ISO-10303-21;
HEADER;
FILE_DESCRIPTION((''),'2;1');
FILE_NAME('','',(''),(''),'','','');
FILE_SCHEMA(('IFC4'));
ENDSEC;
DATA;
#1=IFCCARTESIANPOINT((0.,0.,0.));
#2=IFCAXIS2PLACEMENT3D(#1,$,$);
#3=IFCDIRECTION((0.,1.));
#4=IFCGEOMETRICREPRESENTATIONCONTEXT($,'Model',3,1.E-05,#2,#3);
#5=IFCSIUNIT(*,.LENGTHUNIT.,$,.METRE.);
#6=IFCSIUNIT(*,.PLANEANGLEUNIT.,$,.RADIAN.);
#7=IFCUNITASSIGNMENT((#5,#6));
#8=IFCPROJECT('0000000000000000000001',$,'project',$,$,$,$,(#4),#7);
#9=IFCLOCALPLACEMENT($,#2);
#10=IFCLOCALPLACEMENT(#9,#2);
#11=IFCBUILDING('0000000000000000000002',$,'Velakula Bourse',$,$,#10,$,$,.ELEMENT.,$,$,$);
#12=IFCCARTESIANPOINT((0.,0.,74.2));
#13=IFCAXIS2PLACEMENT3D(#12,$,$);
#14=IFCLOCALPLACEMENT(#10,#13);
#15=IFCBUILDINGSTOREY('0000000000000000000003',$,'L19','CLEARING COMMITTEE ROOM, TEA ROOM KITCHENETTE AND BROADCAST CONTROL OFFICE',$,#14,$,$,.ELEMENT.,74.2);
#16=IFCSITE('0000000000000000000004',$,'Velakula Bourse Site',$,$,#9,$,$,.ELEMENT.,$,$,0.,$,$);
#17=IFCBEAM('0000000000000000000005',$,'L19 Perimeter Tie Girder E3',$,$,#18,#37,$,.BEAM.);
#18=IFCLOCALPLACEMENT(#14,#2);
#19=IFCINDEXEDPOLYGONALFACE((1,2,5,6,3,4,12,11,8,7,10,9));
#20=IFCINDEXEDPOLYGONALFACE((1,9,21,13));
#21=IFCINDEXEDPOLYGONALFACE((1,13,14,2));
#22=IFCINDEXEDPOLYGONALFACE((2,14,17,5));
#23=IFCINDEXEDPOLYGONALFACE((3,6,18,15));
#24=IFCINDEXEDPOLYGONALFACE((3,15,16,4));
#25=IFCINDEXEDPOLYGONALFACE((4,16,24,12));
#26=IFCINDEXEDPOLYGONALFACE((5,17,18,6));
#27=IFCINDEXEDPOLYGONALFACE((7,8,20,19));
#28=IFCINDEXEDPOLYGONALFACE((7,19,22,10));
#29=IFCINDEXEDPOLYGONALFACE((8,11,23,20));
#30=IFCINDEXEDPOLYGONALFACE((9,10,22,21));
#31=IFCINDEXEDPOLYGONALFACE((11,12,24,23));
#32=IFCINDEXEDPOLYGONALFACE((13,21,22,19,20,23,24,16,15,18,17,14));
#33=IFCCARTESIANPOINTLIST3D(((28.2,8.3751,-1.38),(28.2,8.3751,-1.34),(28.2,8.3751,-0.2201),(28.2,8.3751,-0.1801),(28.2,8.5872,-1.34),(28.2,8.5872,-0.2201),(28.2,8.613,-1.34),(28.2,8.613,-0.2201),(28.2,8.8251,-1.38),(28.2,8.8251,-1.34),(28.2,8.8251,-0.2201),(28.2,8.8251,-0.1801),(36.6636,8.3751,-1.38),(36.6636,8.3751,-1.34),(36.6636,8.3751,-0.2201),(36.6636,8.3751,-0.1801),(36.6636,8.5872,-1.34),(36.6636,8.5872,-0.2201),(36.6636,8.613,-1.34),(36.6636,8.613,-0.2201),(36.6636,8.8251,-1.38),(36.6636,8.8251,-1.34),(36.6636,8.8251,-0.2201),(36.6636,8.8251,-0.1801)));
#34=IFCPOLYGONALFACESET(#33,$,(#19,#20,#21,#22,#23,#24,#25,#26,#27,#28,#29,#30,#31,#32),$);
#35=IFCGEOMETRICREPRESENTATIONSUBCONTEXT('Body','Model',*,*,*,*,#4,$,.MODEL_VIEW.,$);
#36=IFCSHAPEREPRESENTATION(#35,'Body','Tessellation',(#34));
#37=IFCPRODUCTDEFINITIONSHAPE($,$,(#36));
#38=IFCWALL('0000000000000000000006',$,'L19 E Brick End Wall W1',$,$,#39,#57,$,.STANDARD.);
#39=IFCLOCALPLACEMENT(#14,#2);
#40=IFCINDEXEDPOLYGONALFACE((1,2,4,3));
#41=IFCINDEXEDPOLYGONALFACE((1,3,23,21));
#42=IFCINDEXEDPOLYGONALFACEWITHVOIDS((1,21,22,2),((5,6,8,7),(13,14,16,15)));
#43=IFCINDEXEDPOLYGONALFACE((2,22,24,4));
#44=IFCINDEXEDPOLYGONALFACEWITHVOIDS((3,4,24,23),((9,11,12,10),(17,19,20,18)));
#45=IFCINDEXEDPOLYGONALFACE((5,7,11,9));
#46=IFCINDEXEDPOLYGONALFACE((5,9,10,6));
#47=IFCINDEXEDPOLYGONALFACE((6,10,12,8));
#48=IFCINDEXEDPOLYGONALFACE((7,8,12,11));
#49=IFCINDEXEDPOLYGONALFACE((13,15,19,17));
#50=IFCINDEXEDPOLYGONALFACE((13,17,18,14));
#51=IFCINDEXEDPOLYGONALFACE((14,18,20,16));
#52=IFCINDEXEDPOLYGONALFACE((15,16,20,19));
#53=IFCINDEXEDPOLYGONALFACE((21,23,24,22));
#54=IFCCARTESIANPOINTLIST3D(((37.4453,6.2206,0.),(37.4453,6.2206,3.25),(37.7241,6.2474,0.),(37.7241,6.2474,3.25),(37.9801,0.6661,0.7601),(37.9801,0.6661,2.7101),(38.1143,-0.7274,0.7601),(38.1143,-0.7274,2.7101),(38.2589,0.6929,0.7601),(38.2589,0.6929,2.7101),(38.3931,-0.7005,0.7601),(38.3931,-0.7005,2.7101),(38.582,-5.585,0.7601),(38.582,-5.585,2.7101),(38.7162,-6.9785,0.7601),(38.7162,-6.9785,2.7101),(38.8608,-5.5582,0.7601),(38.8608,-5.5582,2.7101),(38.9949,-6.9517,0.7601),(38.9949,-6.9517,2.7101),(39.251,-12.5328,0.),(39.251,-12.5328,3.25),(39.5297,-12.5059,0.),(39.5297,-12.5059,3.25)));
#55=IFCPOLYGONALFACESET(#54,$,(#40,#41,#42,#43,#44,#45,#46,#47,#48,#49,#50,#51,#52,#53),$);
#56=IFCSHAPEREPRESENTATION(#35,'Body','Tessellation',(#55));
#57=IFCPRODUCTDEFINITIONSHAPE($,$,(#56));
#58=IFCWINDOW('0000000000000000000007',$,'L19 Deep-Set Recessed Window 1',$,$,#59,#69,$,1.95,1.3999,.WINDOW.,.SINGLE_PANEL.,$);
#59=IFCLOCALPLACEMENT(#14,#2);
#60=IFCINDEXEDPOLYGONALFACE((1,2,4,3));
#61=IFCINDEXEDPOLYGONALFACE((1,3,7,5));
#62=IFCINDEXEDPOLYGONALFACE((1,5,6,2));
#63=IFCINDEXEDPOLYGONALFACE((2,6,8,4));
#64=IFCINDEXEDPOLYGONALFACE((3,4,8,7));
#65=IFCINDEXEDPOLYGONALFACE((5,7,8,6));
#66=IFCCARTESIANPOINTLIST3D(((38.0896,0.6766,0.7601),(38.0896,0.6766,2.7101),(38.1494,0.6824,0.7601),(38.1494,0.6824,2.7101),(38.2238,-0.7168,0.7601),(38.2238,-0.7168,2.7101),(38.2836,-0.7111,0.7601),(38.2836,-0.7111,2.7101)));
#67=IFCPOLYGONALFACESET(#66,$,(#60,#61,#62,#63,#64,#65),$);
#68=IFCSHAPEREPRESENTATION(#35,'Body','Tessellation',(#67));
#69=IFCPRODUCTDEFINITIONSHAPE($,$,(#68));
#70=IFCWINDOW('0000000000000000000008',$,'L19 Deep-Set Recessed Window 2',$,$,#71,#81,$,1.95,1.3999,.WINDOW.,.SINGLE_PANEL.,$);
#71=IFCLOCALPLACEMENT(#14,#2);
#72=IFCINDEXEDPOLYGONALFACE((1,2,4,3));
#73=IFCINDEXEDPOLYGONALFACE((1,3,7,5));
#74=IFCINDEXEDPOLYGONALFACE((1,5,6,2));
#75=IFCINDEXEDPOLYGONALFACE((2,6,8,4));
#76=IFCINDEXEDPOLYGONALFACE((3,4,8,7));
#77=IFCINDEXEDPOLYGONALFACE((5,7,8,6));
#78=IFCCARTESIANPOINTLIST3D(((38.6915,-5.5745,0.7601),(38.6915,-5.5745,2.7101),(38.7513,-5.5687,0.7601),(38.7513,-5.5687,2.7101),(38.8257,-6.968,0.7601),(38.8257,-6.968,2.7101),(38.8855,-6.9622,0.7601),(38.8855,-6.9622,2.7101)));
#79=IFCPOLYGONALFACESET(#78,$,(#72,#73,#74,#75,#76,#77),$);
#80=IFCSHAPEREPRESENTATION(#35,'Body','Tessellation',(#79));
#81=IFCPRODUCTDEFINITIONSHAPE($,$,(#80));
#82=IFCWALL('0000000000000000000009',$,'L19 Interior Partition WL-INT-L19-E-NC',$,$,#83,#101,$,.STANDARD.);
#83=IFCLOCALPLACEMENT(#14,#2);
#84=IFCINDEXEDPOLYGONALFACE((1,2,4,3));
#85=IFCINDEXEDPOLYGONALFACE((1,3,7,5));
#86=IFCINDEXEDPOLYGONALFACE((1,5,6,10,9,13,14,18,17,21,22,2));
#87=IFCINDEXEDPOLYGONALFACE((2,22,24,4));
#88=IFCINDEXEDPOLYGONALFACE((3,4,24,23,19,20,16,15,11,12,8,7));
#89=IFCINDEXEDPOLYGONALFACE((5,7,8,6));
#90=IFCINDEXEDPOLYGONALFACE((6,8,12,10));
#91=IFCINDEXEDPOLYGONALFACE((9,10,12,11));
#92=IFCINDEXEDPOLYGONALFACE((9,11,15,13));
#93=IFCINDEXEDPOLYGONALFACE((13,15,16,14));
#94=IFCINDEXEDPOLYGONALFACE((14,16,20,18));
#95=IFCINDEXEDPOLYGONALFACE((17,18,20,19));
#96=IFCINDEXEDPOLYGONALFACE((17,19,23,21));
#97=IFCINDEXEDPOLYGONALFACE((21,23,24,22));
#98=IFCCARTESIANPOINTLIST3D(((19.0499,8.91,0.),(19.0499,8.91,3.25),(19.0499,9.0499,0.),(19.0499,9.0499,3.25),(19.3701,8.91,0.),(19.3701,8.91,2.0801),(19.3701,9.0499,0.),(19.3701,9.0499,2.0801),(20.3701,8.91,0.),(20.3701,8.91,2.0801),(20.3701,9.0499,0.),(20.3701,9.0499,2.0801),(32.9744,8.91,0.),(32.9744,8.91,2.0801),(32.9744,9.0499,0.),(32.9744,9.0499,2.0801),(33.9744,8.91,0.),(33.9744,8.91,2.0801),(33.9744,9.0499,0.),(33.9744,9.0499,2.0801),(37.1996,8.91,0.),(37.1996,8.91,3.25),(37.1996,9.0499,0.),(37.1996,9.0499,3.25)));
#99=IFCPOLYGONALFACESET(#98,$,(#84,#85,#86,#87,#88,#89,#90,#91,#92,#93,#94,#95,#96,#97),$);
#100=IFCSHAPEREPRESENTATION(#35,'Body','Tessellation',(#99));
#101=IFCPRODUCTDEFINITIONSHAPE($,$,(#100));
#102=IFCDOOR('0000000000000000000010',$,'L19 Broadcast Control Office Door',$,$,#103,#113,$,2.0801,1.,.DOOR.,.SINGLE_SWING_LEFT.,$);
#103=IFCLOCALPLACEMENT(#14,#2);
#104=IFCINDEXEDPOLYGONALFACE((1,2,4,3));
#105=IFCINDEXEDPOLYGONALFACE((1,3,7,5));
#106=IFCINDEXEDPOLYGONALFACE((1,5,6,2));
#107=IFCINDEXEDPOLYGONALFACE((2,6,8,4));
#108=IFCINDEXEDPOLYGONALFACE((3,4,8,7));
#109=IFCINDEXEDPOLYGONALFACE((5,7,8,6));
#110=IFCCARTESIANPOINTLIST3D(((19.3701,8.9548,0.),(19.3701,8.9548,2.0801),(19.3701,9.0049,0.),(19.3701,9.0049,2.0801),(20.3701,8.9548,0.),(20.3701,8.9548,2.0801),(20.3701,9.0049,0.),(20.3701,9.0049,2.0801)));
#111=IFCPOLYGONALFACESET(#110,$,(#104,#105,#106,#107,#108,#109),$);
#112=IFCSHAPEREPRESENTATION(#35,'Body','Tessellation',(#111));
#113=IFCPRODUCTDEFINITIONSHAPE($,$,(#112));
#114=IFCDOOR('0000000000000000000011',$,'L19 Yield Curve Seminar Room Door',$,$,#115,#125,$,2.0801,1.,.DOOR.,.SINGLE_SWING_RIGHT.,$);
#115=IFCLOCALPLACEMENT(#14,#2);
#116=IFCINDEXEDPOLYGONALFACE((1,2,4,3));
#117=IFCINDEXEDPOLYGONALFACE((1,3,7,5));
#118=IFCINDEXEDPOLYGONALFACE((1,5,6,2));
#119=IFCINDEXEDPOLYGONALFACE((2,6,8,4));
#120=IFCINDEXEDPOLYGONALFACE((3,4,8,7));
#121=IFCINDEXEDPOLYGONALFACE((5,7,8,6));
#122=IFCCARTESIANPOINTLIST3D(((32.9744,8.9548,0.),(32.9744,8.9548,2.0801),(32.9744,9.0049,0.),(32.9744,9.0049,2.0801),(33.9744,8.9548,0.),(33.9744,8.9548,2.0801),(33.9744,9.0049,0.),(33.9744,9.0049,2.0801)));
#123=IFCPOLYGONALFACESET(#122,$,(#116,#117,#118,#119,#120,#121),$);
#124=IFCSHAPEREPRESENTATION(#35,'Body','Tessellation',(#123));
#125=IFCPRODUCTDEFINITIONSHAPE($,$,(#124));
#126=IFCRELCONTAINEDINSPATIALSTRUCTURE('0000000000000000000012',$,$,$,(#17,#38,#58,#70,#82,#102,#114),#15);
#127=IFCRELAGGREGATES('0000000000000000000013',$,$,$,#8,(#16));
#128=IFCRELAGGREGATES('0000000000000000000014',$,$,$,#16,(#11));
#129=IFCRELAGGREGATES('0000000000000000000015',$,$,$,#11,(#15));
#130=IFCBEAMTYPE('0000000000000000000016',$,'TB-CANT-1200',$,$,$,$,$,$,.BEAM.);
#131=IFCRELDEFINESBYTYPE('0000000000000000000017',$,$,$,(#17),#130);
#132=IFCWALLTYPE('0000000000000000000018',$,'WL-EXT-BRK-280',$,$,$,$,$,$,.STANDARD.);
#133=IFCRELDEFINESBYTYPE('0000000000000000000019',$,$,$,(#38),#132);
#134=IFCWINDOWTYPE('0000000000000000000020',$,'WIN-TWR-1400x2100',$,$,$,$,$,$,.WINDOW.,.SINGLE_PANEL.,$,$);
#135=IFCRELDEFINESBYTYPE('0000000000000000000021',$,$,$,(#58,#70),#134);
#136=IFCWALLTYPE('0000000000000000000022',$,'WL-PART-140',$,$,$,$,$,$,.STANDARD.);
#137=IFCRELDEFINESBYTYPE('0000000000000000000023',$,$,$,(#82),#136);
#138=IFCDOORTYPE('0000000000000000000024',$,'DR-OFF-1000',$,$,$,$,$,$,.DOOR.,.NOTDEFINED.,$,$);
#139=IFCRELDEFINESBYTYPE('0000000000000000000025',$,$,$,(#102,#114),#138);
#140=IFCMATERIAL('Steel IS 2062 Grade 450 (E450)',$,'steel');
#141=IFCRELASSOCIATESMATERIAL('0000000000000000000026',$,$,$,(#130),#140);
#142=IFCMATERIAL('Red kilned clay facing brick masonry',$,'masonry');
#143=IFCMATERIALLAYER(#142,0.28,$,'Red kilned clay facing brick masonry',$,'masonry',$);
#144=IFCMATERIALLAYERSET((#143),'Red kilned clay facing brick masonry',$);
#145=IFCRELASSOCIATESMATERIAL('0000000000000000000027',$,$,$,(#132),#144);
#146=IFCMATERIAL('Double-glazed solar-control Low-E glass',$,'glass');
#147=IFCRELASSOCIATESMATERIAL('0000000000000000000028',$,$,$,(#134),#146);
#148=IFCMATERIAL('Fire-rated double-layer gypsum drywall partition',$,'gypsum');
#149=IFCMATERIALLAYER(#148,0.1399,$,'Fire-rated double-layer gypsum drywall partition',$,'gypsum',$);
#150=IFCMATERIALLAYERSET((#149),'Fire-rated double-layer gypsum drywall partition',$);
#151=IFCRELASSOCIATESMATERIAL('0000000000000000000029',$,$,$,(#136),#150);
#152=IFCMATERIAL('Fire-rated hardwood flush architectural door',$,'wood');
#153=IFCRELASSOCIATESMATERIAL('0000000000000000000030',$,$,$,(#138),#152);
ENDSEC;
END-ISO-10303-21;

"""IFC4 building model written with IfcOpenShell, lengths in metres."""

from ifc_helpers import new_model, si_unit, direction, frame, frame_2d, origin, origin_2d, place, context, subcontext, project, spatial, rectangle, i_section, extrude, material, layer, layer_set, material_profile, profile_set, type_object, element, fill, save


model = new_model("IFC4")

# Units and contexts
model_context = context("Model", 3, precision=1e-05, world=origin(), true_north=direction((0.0, 1.0)))
body_context = subcontext(model_context, "Body", "Model", "MODEL_VIEW")
ifc_project = project(units=[si_unit("LENGTHUNIT", "METRE"), si_unit("PLANEANGLEUNIT", "RADIAN")], contexts=[model_context])

# Site, building, storey
site_placement = place(None, origin())
site = spatial("IfcSite", under=ifc_project, at=site_placement, Name="Velakula Bourse Site", CompositionType="ELEMENT", RefElevation=0.0)
building_placement = place(site_placement, origin())
building = spatial("IfcBuilding", under=site, at=building_placement, Name="Velakula Bourse", CompositionType="ELEMENT")
storey_placement = place(building_placement, frame((0.0, 0.0, 74.2)))
storey = spatial("IfcBuildingStorey", under=building, at=storey_placement, Name="L19", Description="CLEARING COMMITTEE ROOM, TEA ROOM KITCHENETTE AND BROADCAST CONTROL OFFICE", CompositionType="ELEMENT", Elevation=74.2)

# Shared definitions
ifc_material_1 = material(Name="Steel IS 2062 Grade 450 (E450)", Category="steel")

# Beam
ifc_material_profile_1 = material_profile(ifc_material_1, i_section(OverallWidth=0.45, OverallDepth=1.2, WebThickness=0.0259, FlangeThickness=0.04, at=origin_2d()), Name="Steel IS 2062 Grade 450 (E450)")
ifc_profile_set_1 = profile_set([ifc_material_profile_1], Name="Steel IS 2062 Grade 450 (E450)")
beam_type_1 = type_object("IfcBeamType", Name="TB-CANT-1200", PredefinedType="BEAM", material=ifc_profile_set_1)
beam_1_placement = place(storey_placement, frame((28.2, 8.6001, -0.78), z_axis=(1.0, 0.0, 0.0), x_axis=(0.0, 1.0, 0.0)))
element("IfcBeam", 1, at=beam_1_placement, inside=storey, type_object=beam_type_1, Name="L19 Perimeter Tie Girder E3", PredefinedType="BEAM", context=body_context, shape_type="SweptSolid", body=[
    extrude(i_section(OverallWidth=0.45, OverallDepth=1.2, WebThickness=0.0259, FlangeThickness=0.04, at=origin_2d()), origin(), (0.0, 0.0, 1.0), 8.4636),
])

# Wall, openings, windows
ifc_material_2 = material(Name="Red kilned clay facing brick masonry", Category="masonry")
ifc_layer_1 = layer(ifc_material_2, 0.28, Name="Red kilned clay facing brick masonry", Category="masonry")
ifc_layer_set_1 = layer_set([ifc_layer_1], Name="Red kilned clay facing brick masonry")
wall_type_1 = type_object("IfcWallType", Name="WL-EXT-BRK-280", PredefinedType="STANDARD", material=ifc_layer_set_1)
wall_1_placement = place(storey_placement, frame((37.5847, 6.2339, 0.0), z_axis=(0.0, 0.0, 1.0), x_axis=(0.095841, -0.995397, 0.0)))
wall_1 = element("IfcWall", 2, at=wall_1_placement, inside=storey, type_object=wall_type_1, Name="L19 E Brick End Wall W1", PredefinedType="STANDARD", context=body_context, shape_type="SweptSolid", body=[
    extrude(rectangle(XDim=18.8401, YDim=0.28, at=frame_2d((9.4199, 0.0))), origin(), (0.0, 0.0, 1.0), 3.25),
])
opening_1_placement = place(wall_1_placement, frame((5.5801, 0.0, 0.76)))
opening_1 = element("IfcOpeningElement", 3, at=opening_1_placement, cuts=wall_1, PredefinedType="OPENING", context=body_context, shape_type="SweptSolid", body=[
    extrude(rectangle(XDim=1.3999, YDim=1.95, at=frame_2d((0.7, 0.9751))), frame((0.0, 0.1499, 0.0), z_axis=(0.0, -1.0, 0.0), x_axis=(1.0, 0.0, 0.0)), (0.0, 0.0, 1.0), 0.3),
])
opening_2_placement = place(wall_1_placement, frame((11.8601, 0.0, 0.76)))
opening_2 = element("IfcOpeningElement", 4, at=opening_2_placement, cuts=wall_1, PredefinedType="OPENING", context=body_context, shape_type="SweptSolid", body=[
    extrude(rectangle(XDim=1.3999, YDim=1.95, at=frame_2d((0.7, 0.9751))), frame((0.0, 0.1499, 0.0), z_axis=(0.0, -1.0, 0.0), x_axis=(1.0, 0.0, 0.0)), (0.0, 0.0, 1.0), 0.3),
])
ifc_material_3 = material(Name="Double-glazed solar-control Low-E glass", Category="glass")
window_type = type_object("IfcWindowType", Name="WIN-TWR-1400x2100", PartitioningType="SINGLE_PANEL", PredefinedType="WINDOW", material=ifc_material_3)
window_1_placement = place(opening_1_placement, origin())
window_1 = element("IfcWindow", 5, at=window_1_placement, inside=storey, type_object=window_type, Name="L19 Deep-Set Recessed Window 1", OverallHeight=1.95, OverallWidth=1.3999, PartitioningType="SINGLE_PANEL", PredefinedType="WINDOW", context=body_context, shape_type="SweptSolid", body=[
    extrude(rectangle(XDim=1.3999, YDim=1.95, at=frame_2d((0.7, 0.9751))), frame((0.0, 0.03, 0.0), z_axis=(0.0, -1.0, 0.0), x_axis=(1.0, 0.0, 0.0)), (0.0, 0.0, 1.0), 0.0601),
])
fill(opening_1, window_1)
window_2_placement = place(opening_2_placement, origin())
window_2 = element("IfcWindow", 6, at=window_2_placement, inside=storey, type_object=window_type, Name="L19 Deep-Set Recessed Window 2", OverallHeight=1.95, OverallWidth=1.3999, PartitioningType="SINGLE_PANEL", PredefinedType="WINDOW", context=body_context, shape_type="SweptSolid", body=[
    extrude(rectangle(XDim=1.3999, YDim=1.95, at=frame_2d((0.7, 0.9751))), frame((0.0, 0.03, 0.0), z_axis=(0.0, -1.0, 0.0), x_axis=(1.0, 0.0, 0.0)), (0.0, 0.0, 1.0), 0.0601),
])
fill(opening_2, window_2)

# Wall, openings, doors
ifc_material_4 = material(Name="Fire-rated double-layer gypsum drywall partition", Category="gypsum")
ifc_layer_2 = layer(ifc_material_4, 0.1399, Name="Fire-rated double-layer gypsum drywall partition", Category="gypsum")
ifc_layer_set_2 = layer_set([ifc_layer_2], Name="Fire-rated double-layer gypsum drywall partition")
wall_type_2 = type_object("IfcWallType", Name="WL-PART-140", PredefinedType="STANDARD", material=ifc_layer_set_2)
wall_2_placement = place(storey_placement, frame((19.05, 8.98, 0.0), z_axis=(0.0, 0.0, 1.0), x_axis=(1.0, 0.0, 0.0)))
wall_2 = element("IfcWall", 7, at=wall_2_placement, inside=storey, type_object=wall_type_2, Name="L19 Interior Partition WL-INT-L19-E-NC", PredefinedType="STANDARD", context=body_context, shape_type="SweptSolid", body=[
    extrude(rectangle(XDim=18.1497, YDim=0.1399, at=frame_2d((9.0747, 0.0))), origin(), (0.0, 0.0, 1.0), 3.25),
])
opening_3_placement = place(wall_2_placement, frame((0.3201, 0.0, 0.0)))
opening_3 = element("IfcOpeningElement", 8, at=opening_3_placement, cuts=wall_2, PredefinedType="OPENING", context=body_context, shape_type="SweptSolid", body=[
    extrude(rectangle(XDim=1.0, YDim=2.0801, at=frame_2d((0.5, 1.04))), frame((0.0, 0.0798, 0.0), z_axis=(0.0, -1.0, 0.0), x_axis=(1.0, 0.0, 0.0)), (0.0, 0.0, 1.0), 0.1599),
])
opening_4_placement = place(wall_2_placement, frame((13.9243, 0.0, 0.0)))
opening_4 = element("IfcOpeningElement", 9, at=opening_4_placement, cuts=wall_2, PredefinedType="OPENING", context=body_context, shape_type="SweptSolid", body=[
    extrude(rectangle(XDim=1.0, YDim=2.0801, at=frame_2d((0.5, 1.04))), frame((0.0, 0.0798, 0.0), z_axis=(0.0, -1.0, 0.0), x_axis=(1.0, 0.0, 0.0)), (0.0, 0.0, 1.0), 0.1599),
])
ifc_material_5 = material(Name="Fire-rated hardwood flush architectural door", Category="wood")
door_type = type_object("IfcDoorType", Name="DR-OFF-1000", OperationType="NOTDEFINED", PredefinedType="DOOR", material=ifc_material_5)
door_1_placement = place(opening_3_placement, origin())
door_1 = element("IfcDoor", 10, at=door_1_placement, inside=storey, type_object=door_type, Name="L19 Broadcast Control Office Door", OperationType="SINGLE_SWING_LEFT", OverallHeight=2.0801, OverallWidth=1.0, PredefinedType="DOOR", context=body_context, shape_type="SweptSolid", body=[
    extrude(rectangle(XDim=1.0, YDim=2.0801, at=frame_2d((0.5, 1.04))), frame((0.0, 0.0249, 0.0), z_axis=(0.0, -1.0, 0.0), x_axis=(1.0, 0.0, 0.0)), (0.0, 0.0, 1.0), 0.05),
])
fill(opening_3, door_1)
door_2_placement = place(opening_4_placement, origin())
door_2 = element("IfcDoor", 11, at=door_2_placement, inside=storey, type_object=door_type, Name="L19 Yield Curve Seminar Room Door", OperationType="SINGLE_SWING_RIGHT", OverallHeight=2.0801, OverallWidth=1.0, PredefinedType="DOOR", context=body_context, shape_type="SweptSolid", body=[
    extrude(rectangle(XDim=1.0, YDim=2.0801, at=frame_2d((0.5, 1.04))), frame((0.0, 0.0249, 0.0), z_axis=(0.0, -1.0, 0.0), x_axis=(1.0, 0.0, 0.0)), (0.0, 0.0, 1.0), 0.05),
])
fill(opening_4, door_2)

save(model, "model.ifc")
